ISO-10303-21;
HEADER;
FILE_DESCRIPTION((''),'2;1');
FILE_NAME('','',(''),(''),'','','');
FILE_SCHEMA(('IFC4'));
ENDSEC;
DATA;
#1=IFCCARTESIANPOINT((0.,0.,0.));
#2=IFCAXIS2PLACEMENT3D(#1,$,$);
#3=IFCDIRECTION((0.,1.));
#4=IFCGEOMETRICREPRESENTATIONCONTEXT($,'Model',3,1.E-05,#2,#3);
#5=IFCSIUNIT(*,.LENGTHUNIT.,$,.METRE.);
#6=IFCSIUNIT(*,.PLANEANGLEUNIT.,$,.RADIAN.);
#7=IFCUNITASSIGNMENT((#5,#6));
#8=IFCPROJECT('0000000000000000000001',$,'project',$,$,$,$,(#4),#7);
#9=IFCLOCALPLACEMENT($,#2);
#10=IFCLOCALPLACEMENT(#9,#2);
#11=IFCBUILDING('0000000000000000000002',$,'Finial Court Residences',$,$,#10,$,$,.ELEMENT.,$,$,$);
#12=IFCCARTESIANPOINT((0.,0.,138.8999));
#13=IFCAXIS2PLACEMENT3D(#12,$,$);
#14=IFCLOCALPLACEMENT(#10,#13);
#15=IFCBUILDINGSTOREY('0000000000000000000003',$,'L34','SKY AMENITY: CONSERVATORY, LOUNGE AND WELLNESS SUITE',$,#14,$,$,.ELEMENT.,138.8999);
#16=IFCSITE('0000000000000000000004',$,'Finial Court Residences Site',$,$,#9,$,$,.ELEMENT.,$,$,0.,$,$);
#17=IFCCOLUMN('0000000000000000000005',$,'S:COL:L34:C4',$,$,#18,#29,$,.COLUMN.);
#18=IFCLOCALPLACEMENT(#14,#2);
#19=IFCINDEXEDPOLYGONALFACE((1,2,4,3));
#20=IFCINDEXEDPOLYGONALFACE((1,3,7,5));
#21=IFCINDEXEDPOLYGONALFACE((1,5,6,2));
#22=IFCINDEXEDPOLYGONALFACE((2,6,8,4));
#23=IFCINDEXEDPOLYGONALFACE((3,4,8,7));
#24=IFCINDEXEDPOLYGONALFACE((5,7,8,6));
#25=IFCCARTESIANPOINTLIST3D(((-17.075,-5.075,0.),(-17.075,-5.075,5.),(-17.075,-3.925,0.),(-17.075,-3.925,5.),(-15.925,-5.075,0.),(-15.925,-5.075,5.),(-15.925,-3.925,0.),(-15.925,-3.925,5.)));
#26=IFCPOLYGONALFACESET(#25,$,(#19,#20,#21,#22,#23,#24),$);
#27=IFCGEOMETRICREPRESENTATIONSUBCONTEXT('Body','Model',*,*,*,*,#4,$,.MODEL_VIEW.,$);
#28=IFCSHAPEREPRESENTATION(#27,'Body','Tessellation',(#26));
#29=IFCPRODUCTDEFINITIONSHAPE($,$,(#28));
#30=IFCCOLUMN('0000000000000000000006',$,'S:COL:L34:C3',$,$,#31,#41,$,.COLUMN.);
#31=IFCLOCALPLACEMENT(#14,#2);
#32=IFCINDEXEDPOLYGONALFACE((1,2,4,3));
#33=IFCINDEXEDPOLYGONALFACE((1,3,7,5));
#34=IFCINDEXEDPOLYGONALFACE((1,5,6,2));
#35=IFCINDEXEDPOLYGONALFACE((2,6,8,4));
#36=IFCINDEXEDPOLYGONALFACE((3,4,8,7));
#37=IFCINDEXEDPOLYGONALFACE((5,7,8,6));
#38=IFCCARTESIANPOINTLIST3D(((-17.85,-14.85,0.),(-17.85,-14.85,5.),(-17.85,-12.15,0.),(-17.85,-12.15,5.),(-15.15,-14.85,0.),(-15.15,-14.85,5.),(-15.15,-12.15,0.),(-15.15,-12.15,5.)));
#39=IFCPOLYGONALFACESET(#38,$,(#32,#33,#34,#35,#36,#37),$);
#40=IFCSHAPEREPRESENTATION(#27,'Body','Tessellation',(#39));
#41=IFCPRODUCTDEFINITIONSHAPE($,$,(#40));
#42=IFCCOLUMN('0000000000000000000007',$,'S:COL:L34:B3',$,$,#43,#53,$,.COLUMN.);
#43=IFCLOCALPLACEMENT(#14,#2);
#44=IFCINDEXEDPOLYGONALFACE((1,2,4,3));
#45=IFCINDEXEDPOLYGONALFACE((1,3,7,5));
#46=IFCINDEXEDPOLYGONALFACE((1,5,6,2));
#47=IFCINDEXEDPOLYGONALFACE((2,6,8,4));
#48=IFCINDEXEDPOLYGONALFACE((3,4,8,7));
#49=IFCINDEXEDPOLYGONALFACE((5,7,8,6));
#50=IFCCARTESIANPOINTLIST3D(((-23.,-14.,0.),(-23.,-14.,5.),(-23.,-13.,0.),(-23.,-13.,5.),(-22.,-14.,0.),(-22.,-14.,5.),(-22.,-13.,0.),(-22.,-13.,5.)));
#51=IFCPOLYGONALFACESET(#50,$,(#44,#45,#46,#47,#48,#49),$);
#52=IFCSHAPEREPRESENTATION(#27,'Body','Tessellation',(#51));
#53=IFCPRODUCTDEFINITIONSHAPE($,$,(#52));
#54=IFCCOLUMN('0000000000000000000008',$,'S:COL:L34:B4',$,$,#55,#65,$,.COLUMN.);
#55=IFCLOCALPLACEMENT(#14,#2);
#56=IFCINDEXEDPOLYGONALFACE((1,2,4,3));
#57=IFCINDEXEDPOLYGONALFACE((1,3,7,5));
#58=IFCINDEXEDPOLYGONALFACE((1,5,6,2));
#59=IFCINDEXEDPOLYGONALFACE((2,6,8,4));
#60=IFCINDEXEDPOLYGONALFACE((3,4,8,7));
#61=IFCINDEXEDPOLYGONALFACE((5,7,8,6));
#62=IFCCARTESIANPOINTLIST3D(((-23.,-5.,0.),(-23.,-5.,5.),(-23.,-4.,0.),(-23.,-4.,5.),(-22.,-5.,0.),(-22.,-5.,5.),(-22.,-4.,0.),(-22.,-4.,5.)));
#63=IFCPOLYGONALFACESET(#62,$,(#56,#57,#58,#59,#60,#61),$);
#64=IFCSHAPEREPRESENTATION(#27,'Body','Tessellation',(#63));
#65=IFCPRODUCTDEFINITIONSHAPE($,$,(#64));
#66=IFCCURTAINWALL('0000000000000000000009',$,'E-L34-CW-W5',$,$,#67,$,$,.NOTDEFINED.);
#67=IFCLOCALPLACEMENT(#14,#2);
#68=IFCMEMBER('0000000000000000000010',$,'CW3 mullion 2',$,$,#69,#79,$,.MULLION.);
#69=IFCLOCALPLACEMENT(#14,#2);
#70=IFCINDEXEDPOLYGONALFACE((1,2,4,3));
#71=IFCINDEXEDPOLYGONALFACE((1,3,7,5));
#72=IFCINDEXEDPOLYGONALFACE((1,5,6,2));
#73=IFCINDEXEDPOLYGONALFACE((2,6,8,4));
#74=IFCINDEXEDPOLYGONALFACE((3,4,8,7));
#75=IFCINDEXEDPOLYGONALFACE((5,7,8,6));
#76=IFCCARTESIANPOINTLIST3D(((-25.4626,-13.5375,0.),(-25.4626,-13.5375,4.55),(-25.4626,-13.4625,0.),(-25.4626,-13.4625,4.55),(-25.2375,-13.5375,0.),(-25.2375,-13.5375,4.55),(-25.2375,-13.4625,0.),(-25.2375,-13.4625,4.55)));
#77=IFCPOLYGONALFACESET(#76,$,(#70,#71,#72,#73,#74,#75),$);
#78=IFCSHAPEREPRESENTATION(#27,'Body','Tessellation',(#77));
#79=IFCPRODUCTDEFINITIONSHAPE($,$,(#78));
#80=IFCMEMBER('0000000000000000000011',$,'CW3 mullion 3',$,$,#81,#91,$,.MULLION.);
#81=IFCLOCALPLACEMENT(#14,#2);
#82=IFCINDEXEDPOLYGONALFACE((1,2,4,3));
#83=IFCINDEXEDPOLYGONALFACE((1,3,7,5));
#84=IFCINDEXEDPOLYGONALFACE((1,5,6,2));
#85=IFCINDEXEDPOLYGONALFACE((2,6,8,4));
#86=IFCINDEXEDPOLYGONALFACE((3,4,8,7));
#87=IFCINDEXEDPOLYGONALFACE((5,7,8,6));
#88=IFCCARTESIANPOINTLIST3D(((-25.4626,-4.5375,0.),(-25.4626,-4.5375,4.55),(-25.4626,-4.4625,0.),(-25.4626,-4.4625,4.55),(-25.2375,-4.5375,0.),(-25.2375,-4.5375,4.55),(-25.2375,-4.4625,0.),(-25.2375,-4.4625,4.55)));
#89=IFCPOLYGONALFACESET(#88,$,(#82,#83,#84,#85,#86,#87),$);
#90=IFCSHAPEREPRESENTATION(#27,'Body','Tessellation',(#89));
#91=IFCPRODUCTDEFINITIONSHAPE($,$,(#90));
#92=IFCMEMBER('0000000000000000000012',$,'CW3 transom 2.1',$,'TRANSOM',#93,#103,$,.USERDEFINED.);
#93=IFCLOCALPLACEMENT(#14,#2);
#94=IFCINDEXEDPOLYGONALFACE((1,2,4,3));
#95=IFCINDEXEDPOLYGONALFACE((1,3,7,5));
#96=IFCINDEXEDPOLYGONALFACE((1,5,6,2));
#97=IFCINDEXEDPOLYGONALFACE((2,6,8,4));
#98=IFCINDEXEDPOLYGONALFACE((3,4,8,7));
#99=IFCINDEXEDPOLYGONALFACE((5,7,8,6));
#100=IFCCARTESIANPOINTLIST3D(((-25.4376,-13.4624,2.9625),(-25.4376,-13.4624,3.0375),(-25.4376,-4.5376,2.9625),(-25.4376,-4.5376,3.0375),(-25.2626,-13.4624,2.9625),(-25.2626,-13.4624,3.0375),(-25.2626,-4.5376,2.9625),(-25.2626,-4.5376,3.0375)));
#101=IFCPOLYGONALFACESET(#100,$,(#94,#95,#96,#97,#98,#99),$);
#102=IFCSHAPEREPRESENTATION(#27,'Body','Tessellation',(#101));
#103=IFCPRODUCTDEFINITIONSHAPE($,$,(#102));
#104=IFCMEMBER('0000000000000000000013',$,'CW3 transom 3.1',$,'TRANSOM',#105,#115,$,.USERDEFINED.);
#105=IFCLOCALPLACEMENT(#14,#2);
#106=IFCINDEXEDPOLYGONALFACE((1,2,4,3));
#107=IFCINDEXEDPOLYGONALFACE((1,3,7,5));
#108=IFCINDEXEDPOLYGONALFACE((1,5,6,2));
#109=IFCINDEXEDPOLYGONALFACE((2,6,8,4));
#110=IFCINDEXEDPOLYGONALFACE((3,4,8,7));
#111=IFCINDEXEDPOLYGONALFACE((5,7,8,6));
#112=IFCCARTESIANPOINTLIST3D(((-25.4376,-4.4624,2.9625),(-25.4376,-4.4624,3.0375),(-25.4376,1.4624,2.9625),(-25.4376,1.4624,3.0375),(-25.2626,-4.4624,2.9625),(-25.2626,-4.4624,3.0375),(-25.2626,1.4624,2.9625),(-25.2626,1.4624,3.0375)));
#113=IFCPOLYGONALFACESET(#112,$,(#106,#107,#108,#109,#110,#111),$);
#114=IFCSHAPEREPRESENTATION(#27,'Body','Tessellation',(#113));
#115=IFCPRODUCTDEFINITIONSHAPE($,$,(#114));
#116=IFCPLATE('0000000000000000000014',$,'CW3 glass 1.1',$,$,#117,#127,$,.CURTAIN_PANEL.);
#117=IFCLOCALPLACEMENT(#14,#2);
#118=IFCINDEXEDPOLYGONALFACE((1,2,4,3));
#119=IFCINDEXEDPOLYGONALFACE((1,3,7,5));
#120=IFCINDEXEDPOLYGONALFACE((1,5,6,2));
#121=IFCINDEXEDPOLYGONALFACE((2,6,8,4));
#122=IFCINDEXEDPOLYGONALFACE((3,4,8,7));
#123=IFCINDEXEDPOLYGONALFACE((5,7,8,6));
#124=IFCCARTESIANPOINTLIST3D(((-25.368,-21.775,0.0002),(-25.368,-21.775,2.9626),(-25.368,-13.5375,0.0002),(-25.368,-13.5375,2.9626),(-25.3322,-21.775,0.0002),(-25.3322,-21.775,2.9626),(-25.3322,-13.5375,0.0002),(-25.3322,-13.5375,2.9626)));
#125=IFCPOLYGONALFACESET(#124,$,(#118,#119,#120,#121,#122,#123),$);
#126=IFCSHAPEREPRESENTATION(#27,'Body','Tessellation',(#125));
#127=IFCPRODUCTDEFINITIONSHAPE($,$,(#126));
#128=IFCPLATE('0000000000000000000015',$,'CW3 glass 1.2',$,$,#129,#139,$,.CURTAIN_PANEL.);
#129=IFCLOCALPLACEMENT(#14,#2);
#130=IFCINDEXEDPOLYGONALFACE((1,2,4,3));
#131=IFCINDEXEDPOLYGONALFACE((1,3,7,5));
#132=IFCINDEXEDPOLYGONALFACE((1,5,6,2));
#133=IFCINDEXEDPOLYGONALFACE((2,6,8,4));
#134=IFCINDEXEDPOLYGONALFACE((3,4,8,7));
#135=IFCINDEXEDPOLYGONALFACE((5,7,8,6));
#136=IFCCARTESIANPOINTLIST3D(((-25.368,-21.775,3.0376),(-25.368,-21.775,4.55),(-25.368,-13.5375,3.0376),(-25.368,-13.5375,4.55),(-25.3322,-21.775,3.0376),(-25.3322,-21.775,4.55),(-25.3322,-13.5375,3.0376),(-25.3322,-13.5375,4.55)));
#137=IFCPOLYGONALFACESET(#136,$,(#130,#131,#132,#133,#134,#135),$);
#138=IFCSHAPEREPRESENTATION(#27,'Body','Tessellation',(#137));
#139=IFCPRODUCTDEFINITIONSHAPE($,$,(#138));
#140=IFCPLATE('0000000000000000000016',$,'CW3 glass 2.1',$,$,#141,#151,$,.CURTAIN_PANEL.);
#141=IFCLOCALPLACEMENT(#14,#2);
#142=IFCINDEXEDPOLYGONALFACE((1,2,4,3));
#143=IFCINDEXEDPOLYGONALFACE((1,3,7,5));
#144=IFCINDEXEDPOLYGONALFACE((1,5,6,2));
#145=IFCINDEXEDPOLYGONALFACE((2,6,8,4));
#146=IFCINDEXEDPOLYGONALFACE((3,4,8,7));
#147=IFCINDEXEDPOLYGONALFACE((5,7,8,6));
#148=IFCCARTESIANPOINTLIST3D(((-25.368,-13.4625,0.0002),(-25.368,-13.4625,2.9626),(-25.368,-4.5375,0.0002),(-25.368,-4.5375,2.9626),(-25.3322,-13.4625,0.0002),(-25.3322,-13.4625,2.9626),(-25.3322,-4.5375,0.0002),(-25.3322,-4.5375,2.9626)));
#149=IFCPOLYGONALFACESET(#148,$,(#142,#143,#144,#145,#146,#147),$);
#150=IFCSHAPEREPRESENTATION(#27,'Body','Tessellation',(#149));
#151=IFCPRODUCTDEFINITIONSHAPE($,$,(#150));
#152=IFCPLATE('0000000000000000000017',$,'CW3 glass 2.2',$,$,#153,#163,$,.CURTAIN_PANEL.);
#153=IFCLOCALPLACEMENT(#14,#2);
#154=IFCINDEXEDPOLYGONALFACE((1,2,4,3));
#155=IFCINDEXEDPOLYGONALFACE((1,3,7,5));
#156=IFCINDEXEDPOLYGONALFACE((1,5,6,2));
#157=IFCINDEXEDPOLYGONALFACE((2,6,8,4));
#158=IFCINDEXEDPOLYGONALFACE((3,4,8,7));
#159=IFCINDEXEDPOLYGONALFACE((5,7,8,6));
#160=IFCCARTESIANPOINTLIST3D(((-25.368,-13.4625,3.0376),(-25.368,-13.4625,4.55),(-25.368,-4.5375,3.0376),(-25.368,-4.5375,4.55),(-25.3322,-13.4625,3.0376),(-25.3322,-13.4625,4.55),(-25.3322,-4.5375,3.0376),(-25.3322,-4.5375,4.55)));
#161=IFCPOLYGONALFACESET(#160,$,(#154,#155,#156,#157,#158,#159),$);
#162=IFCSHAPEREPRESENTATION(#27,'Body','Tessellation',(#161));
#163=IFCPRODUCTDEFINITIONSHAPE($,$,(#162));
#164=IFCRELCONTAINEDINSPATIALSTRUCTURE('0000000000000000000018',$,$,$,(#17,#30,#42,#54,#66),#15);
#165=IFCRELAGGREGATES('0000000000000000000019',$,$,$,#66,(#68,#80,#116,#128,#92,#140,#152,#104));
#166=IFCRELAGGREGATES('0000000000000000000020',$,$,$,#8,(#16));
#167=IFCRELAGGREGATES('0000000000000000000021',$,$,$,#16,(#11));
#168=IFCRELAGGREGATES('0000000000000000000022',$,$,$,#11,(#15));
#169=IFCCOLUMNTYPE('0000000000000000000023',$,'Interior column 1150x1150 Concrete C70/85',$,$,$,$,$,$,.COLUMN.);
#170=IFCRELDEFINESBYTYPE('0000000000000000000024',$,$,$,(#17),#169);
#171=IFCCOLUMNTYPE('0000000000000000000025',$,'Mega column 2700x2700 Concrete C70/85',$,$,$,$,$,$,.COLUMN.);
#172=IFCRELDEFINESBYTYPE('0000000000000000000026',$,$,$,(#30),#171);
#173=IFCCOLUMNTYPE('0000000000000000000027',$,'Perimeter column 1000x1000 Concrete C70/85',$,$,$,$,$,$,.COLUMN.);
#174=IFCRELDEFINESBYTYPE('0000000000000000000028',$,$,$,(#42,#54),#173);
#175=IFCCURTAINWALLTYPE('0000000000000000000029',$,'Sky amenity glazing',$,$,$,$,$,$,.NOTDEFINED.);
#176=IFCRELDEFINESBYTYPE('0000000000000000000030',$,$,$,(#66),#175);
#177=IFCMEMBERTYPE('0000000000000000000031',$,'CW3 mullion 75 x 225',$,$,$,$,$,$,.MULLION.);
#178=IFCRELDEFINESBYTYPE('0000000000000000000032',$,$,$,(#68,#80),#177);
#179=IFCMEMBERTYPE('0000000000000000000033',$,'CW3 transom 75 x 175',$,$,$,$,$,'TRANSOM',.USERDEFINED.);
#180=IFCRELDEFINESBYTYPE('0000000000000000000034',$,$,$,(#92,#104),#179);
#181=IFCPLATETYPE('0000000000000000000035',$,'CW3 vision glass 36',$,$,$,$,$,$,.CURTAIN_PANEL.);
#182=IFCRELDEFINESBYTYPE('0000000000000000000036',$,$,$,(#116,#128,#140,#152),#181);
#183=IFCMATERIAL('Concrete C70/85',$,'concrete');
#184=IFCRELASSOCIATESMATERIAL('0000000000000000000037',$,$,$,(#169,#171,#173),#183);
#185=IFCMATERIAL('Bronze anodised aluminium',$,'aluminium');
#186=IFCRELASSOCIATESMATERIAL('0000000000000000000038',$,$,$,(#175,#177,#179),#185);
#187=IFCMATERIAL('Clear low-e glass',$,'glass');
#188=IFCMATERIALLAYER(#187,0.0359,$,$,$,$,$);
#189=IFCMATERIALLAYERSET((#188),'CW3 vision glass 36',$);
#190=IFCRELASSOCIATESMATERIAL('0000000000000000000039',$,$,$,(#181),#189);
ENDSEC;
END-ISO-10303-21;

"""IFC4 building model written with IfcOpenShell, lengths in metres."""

from ifc_helpers import new_model, si_unit, direction, frame, origin, origin_2d, place, context, subcontext, project, spatial, rectangle, extrude, material, layer, layer_set, material_profile, profile_set, type_object, element, aggregate, save


model = new_model("IFC4")

# Units and contexts
model_context = context("Model", 3, precision=1e-05, world=origin(), true_north=direction((0.0, 1.0)))
body_context = subcontext(model_context, "Body", "Model", "MODEL_VIEW")
ifc_project = project(units=[si_unit("LENGTHUNIT", "METRE"), si_unit("PLANEANGLEUNIT", "RADIAN")], contexts=[model_context])

# Site, building, storey
site_placement = place(None, origin())
site = spatial("IfcSite", under=ifc_project, at=site_placement, Name="Finial Court Residences Site", CompositionType="ELEMENT", RefElevation=0.0)
building_placement = place(site_placement, origin())
building = spatial("IfcBuilding", under=site, at=building_placement, Name="Finial Court Residences", CompositionType="ELEMENT")
storey_placement = place(building_placement, frame((0.0, 0.0, 138.8999)))
storey = spatial("IfcBuildingStorey", under=building, at=storey_placement, Name="L34", Description="SKY AMENITY: CONSERVATORY, LOUNGE AND WELLNESS SUITE", CompositionType="ELEMENT", Elevation=138.8999)

# Columns
ifc_material_1 = material(Name="Concrete C70/85", Category="concrete")
ifc_material_profile_1 = material_profile(ifc_material_1, rectangle(XDim=1.1499, YDim=1.1499, at=origin_2d()), Name="1150x1150")
ifc_profile_set_1 = profile_set([ifc_material_profile_1], Name="Concrete C70/85")
column_type_1 = type_object("IfcColumnType", Name="Interior column 1150x1150 Concrete C70/85", PredefinedType="COLUMN", material=ifc_profile_set_1)
column_1_placement = place(storey_placement, frame((-16.5, -4.5, 0.0), z_axis=(0.0, 0.0, 1.0), x_axis=(1.0, 0.0, 0.0)))
element("IfcColumn", 1, at=column_1_placement, inside=storey, type_object=column_type_1, Name="S:COL:L34:C4", PredefinedType="COLUMN", context=body_context, shape_type="SweptSolid", body=[
    extrude(rectangle(XDim=1.1499, YDim=1.1499, at=origin_2d()), origin(), (0.0, 0.0, 1.0), 5.0),
])
ifc_material_profile_2 = material_profile(ifc_material_1, rectangle(XDim=2.7, YDim=2.7, at=origin_2d()), Name="2700x2700")
ifc_profile_set_2 = profile_set([ifc_material_profile_2], Name="Concrete C70/85")
column_type_2 = type_object("IfcColumnType", Name="Mega column 2700x2700 Concrete C70/85", PredefinedType="COLUMN", material=ifc_profile_set_2)
column_2_placement = place(storey_placement, frame((-16.5, -13.5, 0.0), z_axis=(0.0, 0.0, 1.0), x_axis=(1.0, 0.0, 0.0)))
element("IfcColumn", 2, at=column_2_placement, inside=storey, type_object=column_type_2, Name="S:COL:L34:C3", PredefinedType="COLUMN", context=body_context, shape_type="SweptSolid", body=[
    extrude(rectangle(XDim=2.7, YDim=2.7, at=origin_2d()), origin(), (0.0, 0.0, 1.0), 5.0),
])
ifc_material_profile_3 = material_profile(ifc_material_1, rectangle(XDim=1.0, YDim=1.0, at=origin_2d()), Name="1000x1000")
ifc_profile_set_3 = profile_set([ifc_material_profile_3], Name="Concrete C70/85")
column_type_3 = type_object("IfcColumnType", Name="Perimeter column 1000x1000 Concrete C70/85", PredefinedType="COLUMN", material=ifc_profile_set_3)
for number, where, z_axis, x_axis, name in (
    (3, (-22.5, -13.5, 0.0), (0.0, 0.0, 1.0), (1.0, 0.0, 0.0), "S:COL:L34:B3"),
    (4, (-22.5, -4.5, 0.0), (0.0, 0.0, 1.0), (1.0, 0.0, 0.0), "S:COL:L34:B4"),
):
    element("IfcColumn", number, at=place(storey_placement, frame(where, z_axis=z_axis, x_axis=x_axis)), inside=storey, type_object=column_type_3, Name=name, PredefinedType="COLUMN", context=body_context, shape_type="SweptSolid", body=[
        extrude(rectangle(XDim=1.0, YDim=1.0, at=origin_2d()), origin(), (0.0, 0.0, 1.0), 5.0),
    ])

# Curtain wall, members, plates
ifc_material_2 = material(Name="Bronze anodised aluminium", Category="aluminium")
curtain_wall_type = type_object("IfcCurtainWallType", Name="Sky amenity glazing", PredefinedType="NOTDEFINED", material=ifc_material_2)
curtain_wall_placement = place(storey_placement, origin())
curtain_wall = element("IfcCurtainWall", 5, at=curtain_wall_placement, inside=storey, type_object=curtain_wall_type, Name="E-L34-CW-W5", PredefinedType="NOTDEFINED")
ifc_material_profile_4 = material_profile(ifc_material_2, rectangle(XDim=0.2251, YDim=0.075, at=origin_2d()), Name="CW3 mullion 75 x 225")
ifc_profile_set_4 = profile_set([ifc_material_profile_4], Name="Bronze anodised aluminium")
member_type_1 = type_object("IfcMemberType", Name="CW3 mullion 75 x 225", PredefinedType="MULLION", material=ifc_profile_set_4)
member_1_placement = place(storey_placement, frame((-25.3501, -13.5, 0.0), z_axis=(0.0, 0.0, 1.0), x_axis=(-1.0, 0.0, 0.0)))
member_1 = element("IfcMember", 6, at=member_1_placement, type_object=member_type_1, Name="CW3 mullion 2", PredefinedType="MULLION", context=body_context, shape_type="SweptSolid", body=[
    extrude(rectangle(XDim=0.2251, YDim=0.075, at=origin_2d()), origin(), (0.0, 0.0, 1.0), 4.55),
])
member_2_placement = place(storey_placement, frame((-25.3501, -4.5, 0.0), z_axis=(0.0, 0.0, 1.0), x_axis=(-1.0, 0.0, 0.0)))
member_2 = element("IfcMember", 7, at=member_2_placement, type_object=member_type_1, Name="CW3 mullion 3", PredefinedType="MULLION", context=body_context, shape_type="SweptSolid", body=[
    extrude(rectangle(XDim=0.2251, YDim=0.075, at=origin_2d()), origin(), (0.0, 0.0, 1.0), 4.55),
])
ifc_material_profile_5 = material_profile(ifc_material_2, rectangle(XDim=0.175, YDim=0.075, at=origin_2d()), Name="CW3 transom 75 x 175")
ifc_profile_set_5 = profile_set([ifc_material_profile_5], Name="Bronze anodised aluminium")
member_type_2 = type_object("IfcMemberType", Name="CW3 transom 75 x 175", ElementType="TRANSOM", PredefinedType="USERDEFINED", material=ifc_profile_set_5)
member_3_placement = place(storey_placement, frame((-25.3501, -13.4624, 3.0), z_axis=(0.0, 1.0, 0.0), x_axis=(-1.0, 0.0, 0.0)))
member_3 = element("IfcMember", 8, at=member_3_placement, type_object=member_type_2, Name="CW3 transom 2.1", ObjectType="TRANSOM", PredefinedType="USERDEFINED", context=body_context, shape_type="SweptSolid", body=[
    extrude(rectangle(XDim=0.175, YDim=0.075, at=origin_2d()), origin(), (0.0, 0.0, 1.0), 8.9248),
])
member_4_placement = place(storey_placement, frame((-25.3501, -4.4624, 3.0), z_axis=(0.0, 1.0, 0.0), x_axis=(-1.0, 0.0, 0.0)))
member_4 = element("IfcMember", 9, at=member_4_placement, type_object=member_type_2, Name="CW3 transom 3.1", ObjectType="TRANSOM", PredefinedType="USERDEFINED", context=body_context, shape_type="SweptSolid", body=[
    extrude(rectangle(XDim=0.175, YDim=0.075, at=origin_2d()), origin(), (0.0, 0.0, 1.0), 5.9248),
])
ifc_material_3 = material(Name="Clear low-e glass", Category="glass")
ifc_layer_1 = layer(ifc_material_3, 0.0359)
ifc_layer_set_1 = layer_set([ifc_layer_1], Name="CW3 vision glass 36")
plate_type = type_object("IfcPlateType", Name="CW3 vision glass 36", PredefinedType="CURTAIN_PANEL", material=ifc_layer_set_1)
plate_1_placement = place(storey_placement, frame((-25.3501, -17.6562, 0.0002), z_axis=(0.0, 0.0, 1.0), x_axis=(0.0, 1.0, 0.0)))
plate_1 = element("IfcPlate", 10, at=plate_1_placement, type_object=plate_type, Name="CW3 glass 1.1", PredefinedType="CURTAIN_PANEL", context=body_context, shape_type="SweptSolid", body=[
    extrude(rectangle(XDim=8.2375, YDim=0.0359, at=origin_2d()), origin(), (0.0, 0.0, 1.0), 2.9624),
])
plate_2_placement = place(storey_placement, frame((-25.3501, -17.6562, 3.0376), z_axis=(0.0, 0.0, 1.0), x_axis=(0.0, 1.0, 0.0)))
plate_2 = element("IfcPlate", 11, at=plate_2_placement, type_object=plate_type, Name="CW3 glass 1.2", PredefinedType="CURTAIN_PANEL", context=body_context, shape_type="SweptSolid", body=[
    extrude(rectangle(XDim=8.2375, YDim=0.0359, at=origin_2d()), origin(), (0.0, 0.0, 1.0), 1.5125),
])
plate_3_placement = place(storey_placement, frame((-25.3501, -9.0, 0.0002), z_axis=(0.0, 0.0, 1.0), x_axis=(0.0, 1.0, 0.0)))
plate_3 = element("IfcPlate", 12, at=plate_3_placement, type_object=plate_type, Name="CW3 glass 2.1", PredefinedType="CURTAIN_PANEL", context=body_context, shape_type="SweptSolid", body=[
    extrude(rectangle(XDim=8.925, YDim=0.0359, at=origin_2d()), origin(), (0.0, 0.0, 1.0), 2.9624),
])
plate_4_placement = place(storey_placement, frame((-25.3501, -9.0, 3.0376), z_axis=(0.0, 0.0, 1.0), x_axis=(0.0, 1.0, 0.0)))
plate_4 = element("IfcPlate", 13, at=plate_4_placement, type_object=plate_type, Name="CW3 glass 2.2", PredefinedType="CURTAIN_PANEL", context=body_context, shape_type="SweptSolid", body=[
    extrude(rectangle(XDim=8.925, YDim=0.0359, at=origin_2d()), origin(), (0.0, 0.0, 1.0), 1.5125),
])
aggregate(curtain_wall, [member_1, member_2, plate_1, plate_2, member_3, plate_3, plate_4, member_4])

save(model, "model.ifc")
